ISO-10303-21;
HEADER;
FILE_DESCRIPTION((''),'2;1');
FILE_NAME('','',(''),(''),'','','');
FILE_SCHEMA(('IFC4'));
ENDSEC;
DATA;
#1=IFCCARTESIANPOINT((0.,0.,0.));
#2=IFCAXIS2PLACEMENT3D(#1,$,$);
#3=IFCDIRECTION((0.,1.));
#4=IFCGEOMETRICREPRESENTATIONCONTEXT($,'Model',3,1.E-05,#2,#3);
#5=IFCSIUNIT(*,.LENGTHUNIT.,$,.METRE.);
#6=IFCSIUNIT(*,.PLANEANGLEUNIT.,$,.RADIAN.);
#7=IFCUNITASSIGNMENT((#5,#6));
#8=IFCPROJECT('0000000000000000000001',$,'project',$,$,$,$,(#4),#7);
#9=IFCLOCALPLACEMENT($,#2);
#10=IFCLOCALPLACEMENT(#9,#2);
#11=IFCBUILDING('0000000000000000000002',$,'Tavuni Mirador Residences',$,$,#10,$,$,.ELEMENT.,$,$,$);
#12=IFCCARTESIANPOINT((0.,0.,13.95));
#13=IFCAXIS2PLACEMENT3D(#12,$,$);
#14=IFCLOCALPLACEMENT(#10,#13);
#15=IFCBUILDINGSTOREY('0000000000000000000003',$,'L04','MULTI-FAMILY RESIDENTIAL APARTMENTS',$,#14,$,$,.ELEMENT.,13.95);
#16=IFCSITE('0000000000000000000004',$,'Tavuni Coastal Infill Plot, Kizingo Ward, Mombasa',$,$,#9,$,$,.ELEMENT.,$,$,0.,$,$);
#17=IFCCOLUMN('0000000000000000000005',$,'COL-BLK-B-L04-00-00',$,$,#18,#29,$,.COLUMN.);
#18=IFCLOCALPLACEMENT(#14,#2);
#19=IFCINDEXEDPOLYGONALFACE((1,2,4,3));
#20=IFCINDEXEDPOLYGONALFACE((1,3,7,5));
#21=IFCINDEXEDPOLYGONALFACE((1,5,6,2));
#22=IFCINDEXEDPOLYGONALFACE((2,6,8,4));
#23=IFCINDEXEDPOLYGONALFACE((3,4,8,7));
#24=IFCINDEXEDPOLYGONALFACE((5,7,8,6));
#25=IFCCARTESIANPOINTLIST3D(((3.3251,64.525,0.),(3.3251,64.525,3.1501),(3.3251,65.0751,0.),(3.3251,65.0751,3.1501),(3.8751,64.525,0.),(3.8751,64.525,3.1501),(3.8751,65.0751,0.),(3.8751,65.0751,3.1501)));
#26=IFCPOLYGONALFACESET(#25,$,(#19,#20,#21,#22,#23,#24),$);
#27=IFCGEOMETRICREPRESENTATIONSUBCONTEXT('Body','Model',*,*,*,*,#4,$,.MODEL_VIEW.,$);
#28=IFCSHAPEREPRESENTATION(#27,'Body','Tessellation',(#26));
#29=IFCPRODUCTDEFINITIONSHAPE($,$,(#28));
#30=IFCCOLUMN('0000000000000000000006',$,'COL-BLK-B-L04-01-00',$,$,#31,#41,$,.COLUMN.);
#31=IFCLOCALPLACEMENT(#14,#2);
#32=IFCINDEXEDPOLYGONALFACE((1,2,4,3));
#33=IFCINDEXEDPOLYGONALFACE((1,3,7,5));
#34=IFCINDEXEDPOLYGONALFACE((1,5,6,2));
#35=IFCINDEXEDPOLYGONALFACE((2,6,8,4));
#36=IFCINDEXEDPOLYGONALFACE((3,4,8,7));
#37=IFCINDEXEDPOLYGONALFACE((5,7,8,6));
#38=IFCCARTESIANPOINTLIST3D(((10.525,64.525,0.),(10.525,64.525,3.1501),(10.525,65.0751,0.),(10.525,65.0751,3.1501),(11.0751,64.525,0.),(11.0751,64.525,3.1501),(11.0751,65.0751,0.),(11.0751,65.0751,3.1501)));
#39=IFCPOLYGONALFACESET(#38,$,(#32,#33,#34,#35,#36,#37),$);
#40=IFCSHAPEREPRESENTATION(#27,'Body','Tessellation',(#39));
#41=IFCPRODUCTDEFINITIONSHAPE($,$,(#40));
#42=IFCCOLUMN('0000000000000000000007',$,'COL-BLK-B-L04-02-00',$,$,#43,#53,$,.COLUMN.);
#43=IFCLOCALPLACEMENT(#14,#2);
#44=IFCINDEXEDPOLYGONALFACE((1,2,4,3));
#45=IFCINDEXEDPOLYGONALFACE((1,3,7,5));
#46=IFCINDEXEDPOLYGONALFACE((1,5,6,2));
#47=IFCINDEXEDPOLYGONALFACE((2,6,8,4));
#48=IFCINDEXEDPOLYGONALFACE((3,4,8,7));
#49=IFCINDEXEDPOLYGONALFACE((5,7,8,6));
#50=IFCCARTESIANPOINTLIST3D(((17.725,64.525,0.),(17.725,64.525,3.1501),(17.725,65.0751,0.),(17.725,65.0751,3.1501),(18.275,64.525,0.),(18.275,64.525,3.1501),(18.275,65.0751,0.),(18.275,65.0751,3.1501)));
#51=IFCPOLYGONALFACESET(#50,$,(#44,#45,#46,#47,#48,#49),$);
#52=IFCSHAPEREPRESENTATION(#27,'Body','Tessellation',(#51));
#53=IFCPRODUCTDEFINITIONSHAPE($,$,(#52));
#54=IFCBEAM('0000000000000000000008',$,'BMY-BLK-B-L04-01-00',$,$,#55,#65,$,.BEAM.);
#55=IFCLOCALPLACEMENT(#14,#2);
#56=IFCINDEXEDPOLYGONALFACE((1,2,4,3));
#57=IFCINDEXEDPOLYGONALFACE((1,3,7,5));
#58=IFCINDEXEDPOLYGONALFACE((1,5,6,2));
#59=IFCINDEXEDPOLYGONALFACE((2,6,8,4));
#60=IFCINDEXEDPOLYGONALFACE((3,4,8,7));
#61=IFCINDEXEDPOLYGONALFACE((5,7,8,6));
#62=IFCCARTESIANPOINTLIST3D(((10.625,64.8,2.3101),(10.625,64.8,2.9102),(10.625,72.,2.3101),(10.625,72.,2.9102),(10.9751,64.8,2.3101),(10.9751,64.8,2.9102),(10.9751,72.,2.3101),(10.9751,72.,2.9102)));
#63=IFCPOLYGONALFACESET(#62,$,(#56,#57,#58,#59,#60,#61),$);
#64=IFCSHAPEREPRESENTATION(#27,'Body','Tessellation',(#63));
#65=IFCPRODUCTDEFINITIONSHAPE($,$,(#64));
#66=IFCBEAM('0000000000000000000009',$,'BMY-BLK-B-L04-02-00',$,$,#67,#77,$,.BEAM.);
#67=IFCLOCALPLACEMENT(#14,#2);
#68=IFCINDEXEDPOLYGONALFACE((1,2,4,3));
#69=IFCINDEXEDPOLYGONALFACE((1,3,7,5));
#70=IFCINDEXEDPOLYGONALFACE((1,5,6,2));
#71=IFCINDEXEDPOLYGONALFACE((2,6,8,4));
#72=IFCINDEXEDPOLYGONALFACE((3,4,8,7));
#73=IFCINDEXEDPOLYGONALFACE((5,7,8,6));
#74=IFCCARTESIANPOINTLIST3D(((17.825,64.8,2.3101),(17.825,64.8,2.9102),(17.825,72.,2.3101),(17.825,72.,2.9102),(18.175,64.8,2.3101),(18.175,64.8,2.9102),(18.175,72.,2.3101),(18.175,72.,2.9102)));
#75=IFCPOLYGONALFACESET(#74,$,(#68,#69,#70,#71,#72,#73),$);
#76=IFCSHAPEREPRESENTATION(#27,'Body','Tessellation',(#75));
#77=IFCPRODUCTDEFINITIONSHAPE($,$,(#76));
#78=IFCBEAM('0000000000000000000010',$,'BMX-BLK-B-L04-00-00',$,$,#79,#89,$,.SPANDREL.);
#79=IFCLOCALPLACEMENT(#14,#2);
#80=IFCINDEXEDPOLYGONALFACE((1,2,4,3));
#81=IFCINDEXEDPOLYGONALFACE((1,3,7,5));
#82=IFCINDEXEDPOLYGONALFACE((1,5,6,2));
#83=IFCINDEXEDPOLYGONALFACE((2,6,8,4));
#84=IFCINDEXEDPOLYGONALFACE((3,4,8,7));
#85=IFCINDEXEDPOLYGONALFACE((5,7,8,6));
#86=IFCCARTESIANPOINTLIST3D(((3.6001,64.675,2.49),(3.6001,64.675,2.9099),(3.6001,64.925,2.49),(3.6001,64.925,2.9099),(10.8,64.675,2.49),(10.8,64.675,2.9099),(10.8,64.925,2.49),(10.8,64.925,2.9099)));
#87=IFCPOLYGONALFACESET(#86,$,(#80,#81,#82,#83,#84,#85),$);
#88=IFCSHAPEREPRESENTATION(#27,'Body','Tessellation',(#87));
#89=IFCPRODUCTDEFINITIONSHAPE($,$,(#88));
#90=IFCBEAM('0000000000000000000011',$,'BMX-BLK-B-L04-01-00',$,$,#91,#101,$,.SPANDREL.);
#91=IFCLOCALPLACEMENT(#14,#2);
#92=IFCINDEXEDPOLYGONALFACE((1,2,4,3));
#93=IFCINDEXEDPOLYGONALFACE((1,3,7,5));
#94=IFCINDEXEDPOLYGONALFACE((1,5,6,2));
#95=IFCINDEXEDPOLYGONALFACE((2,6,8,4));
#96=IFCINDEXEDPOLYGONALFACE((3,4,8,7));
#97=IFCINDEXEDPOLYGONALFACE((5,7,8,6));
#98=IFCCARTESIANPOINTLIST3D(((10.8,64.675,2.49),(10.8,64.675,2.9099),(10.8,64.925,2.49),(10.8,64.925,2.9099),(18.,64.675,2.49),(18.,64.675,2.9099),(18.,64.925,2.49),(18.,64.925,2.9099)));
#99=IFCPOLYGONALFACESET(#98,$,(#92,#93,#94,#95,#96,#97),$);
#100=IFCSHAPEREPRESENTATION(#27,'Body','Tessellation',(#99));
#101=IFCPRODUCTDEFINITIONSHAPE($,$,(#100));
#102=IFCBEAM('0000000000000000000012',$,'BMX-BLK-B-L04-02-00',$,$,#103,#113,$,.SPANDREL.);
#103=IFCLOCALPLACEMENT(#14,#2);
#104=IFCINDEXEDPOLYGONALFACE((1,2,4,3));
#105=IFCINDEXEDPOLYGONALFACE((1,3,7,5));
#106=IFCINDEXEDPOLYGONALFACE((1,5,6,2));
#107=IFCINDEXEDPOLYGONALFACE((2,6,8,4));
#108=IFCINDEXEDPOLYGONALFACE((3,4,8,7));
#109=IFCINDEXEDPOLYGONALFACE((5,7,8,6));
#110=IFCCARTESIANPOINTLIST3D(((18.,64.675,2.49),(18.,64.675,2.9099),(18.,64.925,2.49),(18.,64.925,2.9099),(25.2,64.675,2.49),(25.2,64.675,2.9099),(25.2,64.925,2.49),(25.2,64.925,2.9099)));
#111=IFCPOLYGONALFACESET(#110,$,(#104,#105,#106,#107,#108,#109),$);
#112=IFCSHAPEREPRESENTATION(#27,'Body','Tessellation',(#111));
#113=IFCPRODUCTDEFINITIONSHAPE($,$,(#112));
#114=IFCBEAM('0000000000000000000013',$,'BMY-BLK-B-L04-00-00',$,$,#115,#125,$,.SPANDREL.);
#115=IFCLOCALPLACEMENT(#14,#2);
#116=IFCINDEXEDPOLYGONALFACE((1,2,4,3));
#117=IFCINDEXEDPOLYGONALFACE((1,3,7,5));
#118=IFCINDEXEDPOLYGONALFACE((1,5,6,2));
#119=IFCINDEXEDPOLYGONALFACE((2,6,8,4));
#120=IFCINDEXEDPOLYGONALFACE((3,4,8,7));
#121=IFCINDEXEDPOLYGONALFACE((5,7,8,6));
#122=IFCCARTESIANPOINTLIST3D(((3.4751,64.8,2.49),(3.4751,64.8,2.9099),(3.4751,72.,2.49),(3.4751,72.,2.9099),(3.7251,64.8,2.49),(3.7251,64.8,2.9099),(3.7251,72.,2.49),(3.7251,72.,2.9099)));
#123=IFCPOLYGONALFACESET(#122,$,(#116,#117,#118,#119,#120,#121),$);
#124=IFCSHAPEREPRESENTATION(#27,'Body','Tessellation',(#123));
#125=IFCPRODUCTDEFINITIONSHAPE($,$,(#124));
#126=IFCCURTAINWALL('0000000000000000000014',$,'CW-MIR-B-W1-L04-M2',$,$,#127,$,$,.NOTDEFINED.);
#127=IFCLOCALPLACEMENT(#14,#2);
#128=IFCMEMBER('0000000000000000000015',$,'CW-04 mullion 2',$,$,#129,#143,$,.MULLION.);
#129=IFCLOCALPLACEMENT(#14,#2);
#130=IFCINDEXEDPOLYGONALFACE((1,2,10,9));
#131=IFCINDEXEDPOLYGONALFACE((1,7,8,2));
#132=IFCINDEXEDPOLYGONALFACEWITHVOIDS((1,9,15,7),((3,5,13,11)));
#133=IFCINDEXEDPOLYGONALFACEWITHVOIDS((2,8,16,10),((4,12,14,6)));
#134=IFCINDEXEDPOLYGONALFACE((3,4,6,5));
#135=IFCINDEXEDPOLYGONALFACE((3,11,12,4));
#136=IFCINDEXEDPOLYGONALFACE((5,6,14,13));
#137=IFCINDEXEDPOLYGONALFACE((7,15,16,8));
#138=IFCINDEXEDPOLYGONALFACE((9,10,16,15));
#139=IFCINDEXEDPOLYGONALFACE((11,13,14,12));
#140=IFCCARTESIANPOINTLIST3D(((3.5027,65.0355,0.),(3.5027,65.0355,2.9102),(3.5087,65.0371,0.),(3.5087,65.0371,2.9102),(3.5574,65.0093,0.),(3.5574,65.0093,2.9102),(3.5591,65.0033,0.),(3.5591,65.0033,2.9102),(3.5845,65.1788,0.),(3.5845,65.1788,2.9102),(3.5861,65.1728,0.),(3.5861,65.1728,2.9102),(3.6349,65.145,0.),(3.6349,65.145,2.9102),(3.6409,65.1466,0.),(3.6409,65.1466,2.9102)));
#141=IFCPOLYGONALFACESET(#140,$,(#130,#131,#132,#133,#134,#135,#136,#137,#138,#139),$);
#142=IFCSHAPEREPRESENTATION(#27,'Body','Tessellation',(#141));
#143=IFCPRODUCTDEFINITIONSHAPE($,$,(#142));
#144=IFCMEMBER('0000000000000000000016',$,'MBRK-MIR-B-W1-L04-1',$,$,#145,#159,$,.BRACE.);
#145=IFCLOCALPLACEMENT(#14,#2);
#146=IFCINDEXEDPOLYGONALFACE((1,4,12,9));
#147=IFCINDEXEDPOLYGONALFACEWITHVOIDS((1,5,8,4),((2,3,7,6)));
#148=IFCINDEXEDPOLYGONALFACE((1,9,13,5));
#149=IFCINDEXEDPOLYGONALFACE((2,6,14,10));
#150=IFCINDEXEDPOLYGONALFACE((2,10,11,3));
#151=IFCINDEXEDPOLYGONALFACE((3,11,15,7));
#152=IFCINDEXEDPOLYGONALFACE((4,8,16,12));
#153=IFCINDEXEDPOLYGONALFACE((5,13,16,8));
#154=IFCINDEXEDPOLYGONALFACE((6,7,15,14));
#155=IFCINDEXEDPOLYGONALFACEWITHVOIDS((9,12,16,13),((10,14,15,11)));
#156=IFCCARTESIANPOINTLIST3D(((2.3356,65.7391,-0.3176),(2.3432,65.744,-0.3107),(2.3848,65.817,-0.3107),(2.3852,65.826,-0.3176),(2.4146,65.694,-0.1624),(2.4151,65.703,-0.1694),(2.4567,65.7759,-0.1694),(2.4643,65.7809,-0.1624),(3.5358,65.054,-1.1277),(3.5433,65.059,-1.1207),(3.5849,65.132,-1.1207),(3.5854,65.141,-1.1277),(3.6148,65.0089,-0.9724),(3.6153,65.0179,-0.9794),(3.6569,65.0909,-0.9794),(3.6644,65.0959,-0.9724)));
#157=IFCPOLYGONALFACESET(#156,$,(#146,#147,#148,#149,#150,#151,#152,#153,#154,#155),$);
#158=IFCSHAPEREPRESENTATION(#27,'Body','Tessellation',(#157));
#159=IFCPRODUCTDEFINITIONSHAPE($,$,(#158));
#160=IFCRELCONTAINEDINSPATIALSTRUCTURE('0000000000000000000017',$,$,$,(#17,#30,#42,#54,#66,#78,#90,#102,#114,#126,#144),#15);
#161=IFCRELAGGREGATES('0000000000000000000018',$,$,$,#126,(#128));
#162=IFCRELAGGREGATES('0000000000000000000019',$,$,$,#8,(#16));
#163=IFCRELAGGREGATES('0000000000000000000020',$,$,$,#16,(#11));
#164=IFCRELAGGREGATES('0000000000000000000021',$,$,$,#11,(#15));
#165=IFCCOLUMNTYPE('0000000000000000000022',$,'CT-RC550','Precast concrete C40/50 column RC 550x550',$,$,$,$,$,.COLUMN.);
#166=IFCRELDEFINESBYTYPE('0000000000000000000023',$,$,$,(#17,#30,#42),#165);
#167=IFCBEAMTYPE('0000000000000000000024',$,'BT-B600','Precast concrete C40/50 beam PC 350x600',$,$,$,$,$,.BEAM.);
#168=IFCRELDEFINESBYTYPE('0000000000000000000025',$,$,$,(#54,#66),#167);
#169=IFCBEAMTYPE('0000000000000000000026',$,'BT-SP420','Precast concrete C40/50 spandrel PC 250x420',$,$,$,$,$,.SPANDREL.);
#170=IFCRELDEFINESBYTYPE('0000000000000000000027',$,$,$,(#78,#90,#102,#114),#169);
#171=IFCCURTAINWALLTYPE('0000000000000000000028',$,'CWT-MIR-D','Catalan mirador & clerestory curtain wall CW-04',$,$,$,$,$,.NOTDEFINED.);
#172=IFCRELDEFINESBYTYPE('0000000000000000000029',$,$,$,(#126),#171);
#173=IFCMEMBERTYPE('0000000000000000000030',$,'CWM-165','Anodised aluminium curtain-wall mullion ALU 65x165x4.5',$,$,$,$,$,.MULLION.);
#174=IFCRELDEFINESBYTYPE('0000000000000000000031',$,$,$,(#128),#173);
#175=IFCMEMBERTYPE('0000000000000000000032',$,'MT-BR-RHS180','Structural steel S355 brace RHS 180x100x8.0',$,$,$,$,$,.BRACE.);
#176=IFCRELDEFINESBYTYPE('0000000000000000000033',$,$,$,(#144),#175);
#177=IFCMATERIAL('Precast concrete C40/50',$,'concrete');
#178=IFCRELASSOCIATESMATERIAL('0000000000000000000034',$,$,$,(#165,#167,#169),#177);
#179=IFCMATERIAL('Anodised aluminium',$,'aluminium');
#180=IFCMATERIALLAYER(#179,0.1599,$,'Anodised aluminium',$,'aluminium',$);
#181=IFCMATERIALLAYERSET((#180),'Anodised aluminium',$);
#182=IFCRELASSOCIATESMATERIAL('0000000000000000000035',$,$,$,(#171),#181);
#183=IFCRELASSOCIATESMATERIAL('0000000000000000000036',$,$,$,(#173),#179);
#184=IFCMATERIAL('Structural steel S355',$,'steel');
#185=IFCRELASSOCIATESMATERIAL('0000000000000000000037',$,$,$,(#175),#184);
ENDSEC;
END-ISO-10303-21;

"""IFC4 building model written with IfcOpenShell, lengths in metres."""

from ifc_helpers import new_model, si_unit, direction, frame, origin, origin_2d, place, context, subcontext, project, spatial, rectangle, hollow_rectangle, extrude, material, layer, layer_set, material_profile, profile_set, type_object, element, aggregate, save


model = new_model("IFC4")

# Units and contexts
model_context = context("Model", 3, precision=1e-05, world=origin(), true_north=direction((0.0, 1.0)))
body_context = subcontext(model_context, "Body", "Model", "MODEL_VIEW")
ifc_project = project(units=[si_unit("LENGTHUNIT", "METRE"), si_unit("PLANEANGLEUNIT", "RADIAN")], contexts=[model_context])

# Site, building, storey
site_placement = place(None, origin())
site = spatial("IfcSite", under=ifc_project, at=site_placement, Name="Tavuni Coastal Infill Plot, Kizingo Ward, Mombasa", CompositionType="ELEMENT", RefElevation=0.0)
building_placement = place(site_placement, origin())
building = spatial("IfcBuilding", under=site, at=building_placement, Name="Tavuni Mirador Residences", CompositionType="ELEMENT")
storey_placement = place(building_placement, frame((0.0, 0.0, 13.95)))
storey = spatial("IfcBuildingStorey", under=building, at=storey_placement, Name="L04", Description="MULTI-FAMILY RESIDENTIAL APARTMENTS", CompositionType="ELEMENT", Elevation=13.95)

# Columns
ifc_material_1 = material(Name="Precast concrete C40/50", Category="concrete")
ifc_material_profile_1 = material_profile(ifc_material_1, rectangle(XDim=0.55, YDim=0.55, at=origin_2d()), Name="RC 550x550", Category="concrete")
ifc_profile_set_1 = profile_set([ifc_material_profile_1], Name="Precast concrete C40/50")
column_type = type_object("IfcColumnType", Name="CT-RC550", Description="Precast concrete C40/50 column RC 550x550", PredefinedType="COLUMN", material=ifc_profile_set_1)
for number, where, z_axis, x_axis, name in (
    (1, (3.6001, 64.8, 0.0), (0.0, 0.0, 1.0), (1.0, 0.0, 0.0), "COL-BLK-B-L04-00-00"),
    (2, (10.8, 64.8, 0.0), (0.0, 0.0, 1.0), (1.0, 0.0, 0.0), "COL-BLK-B-L04-01-00"),
    (3, (18.0, 64.8, 0.0), (0.0, 0.0, 1.0), (1.0, 0.0, 0.0), "COL-BLK-B-L04-02-00"),
):
    element("IfcColumn", number, at=place(storey_placement, frame(where, z_axis=z_axis, x_axis=x_axis)), inside=storey, type_object=column_type, Name=name, PredefinedType="COLUMN", context=body_context, shape_type="SweptSolid", body=[
        extrude(rectangle(XDim=0.55, YDim=0.55, at=origin_2d()), origin(), (0.0, 0.0, 1.0), 3.1501),
    ])

# Beams
ifc_material_profile_2 = material_profile(ifc_material_1, rectangle(XDim=0.3501, YDim=0.6001, at=origin_2d()), Name="PC 350x600", Category="concrete")
ifc_profile_set_2 = profile_set([ifc_material_profile_2], Name="Precast concrete C40/50")
beam_type_1 = type_object("IfcBeamType", Name="BT-B600", Description="Precast concrete C40/50 beam PC 350x600", PredefinedType="BEAM", material=ifc_profile_set_2)
for number, where, z_axis, x_axis, name in (
    (4, (10.8, 64.8, 2.6101), (0.0, 1.0, 0.0), (-1.0, 0.0, 0.0), "BMY-BLK-B-L04-01-00"),
    (5, (18.0, 64.8, 2.6101), (0.0, 1.0, 0.0), (-1.0, 0.0, 0.0), "BMY-BLK-B-L04-02-00"),
):
    element("IfcBeam", number, at=place(storey_placement, frame(where, z_axis=z_axis, x_axis=x_axis)), inside=storey, type_object=beam_type_1, Name=name, PredefinedType="BEAM", context=body_context, shape_type="SweptSolid", body=[
        extrude(rectangle(XDim=0.3501, YDim=0.6001, at=origin_2d()), origin(), (0.0, 0.0, 1.0), 7.2),
    ])
ifc_material_profile_3 = material_profile(ifc_material_1, rectangle(XDim=0.25, YDim=0.4199, at=origin_2d()), Name="PC 250x420", Category="concrete")
ifc_profile_set_3 = profile_set([ifc_material_profile_3], Name="Precast concrete C40/50")
beam_type_2 = type_object("IfcBeamType", Name="BT-SP420", Description="Precast concrete C40/50 spandrel PC 250x420", PredefinedType="SPANDREL", material=ifc_profile_set_3)
for number, where, z_axis, x_axis, name in (
    (6, (3.6001, 64.8, 2.7), (1.0, 0.0, 0.0), (0.0, 1.0, 0.0), "BMX-BLK-B-L04-00-00"),
    (7, (10.8, 64.8, 2.7), (1.0, 0.0, 0.0), (0.0, 1.0, 0.0), "BMX-BLK-B-L04-01-00"),
    (8, (18.0, 64.8, 2.7), (1.0, 0.0, 0.0), (0.0, 1.0, 0.0), "BMX-BLK-B-L04-02-00"),
    (9, (3.6001, 64.8, 2.7), (0.0, 1.0, 0.0), (-1.0, 0.0, 0.0), "BMY-BLK-B-L04-00-00"),
):
    element("IfcBeam", number, at=place(storey_placement, frame(where, z_axis=z_axis, x_axis=x_axis)), inside=storey, type_object=beam_type_2, Name=name, PredefinedType="SPANDREL", context=body_context, shape_type="SweptSolid", body=[
        extrude(rectangle(XDim=0.25, YDim=0.4199, at=origin_2d()), origin(), (0.0, 0.0, 1.0), 7.2),
    ])

# Curtain wall, member
ifc_material_2 = material(Name="Anodised aluminium", Category="aluminium")
ifc_layer_1 = layer(ifc_material_2, 0.1599, Name="Anodised aluminium", Category="aluminium")
ifc_layer_set_1 = layer_set([ifc_layer_1], Name="Anodised aluminium")
curtain_wall_type = type_object("IfcCurtainWallType", Name="CWT-MIR-D", Description="Catalan mirador & clerestory curtain wall CW-04", PredefinedType="NOTDEFINED", material=ifc_layer_set_1)
curtain_wall_placement = place(storey_placement, origin())
curtain_wall = element("IfcCurtainWall", 10, at=curtain_wall_placement, inside=storey, type_object=curtain_wall_type, Name="CW-MIR-B-W1-L04-M2", PredefinedType="NOTDEFINED")
ifc_material_profile_4 = material_profile(ifc_material_2, hollow_rectangle(XDim=0.0649, YDim=0.165, WallThickness=0.0044, at=origin_2d()), Name="ALU 65x165x4.5", Category="aluminium")
ifc_profile_set_4 = profile_set([ifc_material_profile_4], Name="Anodised aluminium")
member_type_1 = type_object("IfcMemberType", Name="CWM-165", Description="Anodised aluminium curtain-wall mullion ALU 65x165x4.5", PredefinedType="MULLION", material=ifc_profile_set_4)
member_1_placement = place(storey_placement, frame((3.5718, 65.0911, 0.0), z_axis=(0.0, 0.0, 1.0), x_axis=(0.868466, -0.495749, 0.0)))
member_1 = element("IfcMember", 11, at=member_1_placement, type_object=member_type_1, Name="CW-04 mullion 2", PredefinedType="MULLION", context=body_context, shape_type="SweptSolid", body=[
    extrude(hollow_rectangle(XDim=0.0649, YDim=0.165, WallThickness=0.0044, at=origin_2d()), origin(), (0.0, 0.0, 1.0), 2.9102),
])
aggregate(curtain_wall, [member_1])

# Member
ifc_material_3 = material(Name="Structural steel S355", Category="steel")
ifc_material_profile_5 = material_profile(ifc_material_3, hollow_rectangle(XDim=0.1001, YDim=0.1799, WallThickness=0.0081, at=origin_2d()), Name="RHS 180x100x8.0", Category="steel")
ifc_profile_set_5 = profile_set([ifc_material_profile_5], Name="Structural steel S355")
member_type_2 = type_object("IfcMemberType", Name="MT-BR-RHS180", Description="Structural steel S355 brace RHS 180x100x8.0", PredefinedType="BRACE", material=ifc_profile_set_5)
member_2_placement = place(storey_placement, frame((3.6001, 65.075, -1.05), z_axis=(-0.749249, 0.427663, 0.505697), x_axis=(-0.49572, -0.868482, 0.0)))
element("IfcMember", 12, at=member_2_placement, inside=storey, type_object=member_type_2, Name="MBRK-MIR-B-W1-L04-1", PredefinedType="BRACE", context=body_context, shape_type="SweptSolid", body=[
    extrude(hollow_rectangle(XDim=0.1001, YDim=0.1799, WallThickness=0.0081, at=origin_2d()), origin(), (0.0, 0.0, 1.0), 1.6018),
])

save(model, "model.ifc")
